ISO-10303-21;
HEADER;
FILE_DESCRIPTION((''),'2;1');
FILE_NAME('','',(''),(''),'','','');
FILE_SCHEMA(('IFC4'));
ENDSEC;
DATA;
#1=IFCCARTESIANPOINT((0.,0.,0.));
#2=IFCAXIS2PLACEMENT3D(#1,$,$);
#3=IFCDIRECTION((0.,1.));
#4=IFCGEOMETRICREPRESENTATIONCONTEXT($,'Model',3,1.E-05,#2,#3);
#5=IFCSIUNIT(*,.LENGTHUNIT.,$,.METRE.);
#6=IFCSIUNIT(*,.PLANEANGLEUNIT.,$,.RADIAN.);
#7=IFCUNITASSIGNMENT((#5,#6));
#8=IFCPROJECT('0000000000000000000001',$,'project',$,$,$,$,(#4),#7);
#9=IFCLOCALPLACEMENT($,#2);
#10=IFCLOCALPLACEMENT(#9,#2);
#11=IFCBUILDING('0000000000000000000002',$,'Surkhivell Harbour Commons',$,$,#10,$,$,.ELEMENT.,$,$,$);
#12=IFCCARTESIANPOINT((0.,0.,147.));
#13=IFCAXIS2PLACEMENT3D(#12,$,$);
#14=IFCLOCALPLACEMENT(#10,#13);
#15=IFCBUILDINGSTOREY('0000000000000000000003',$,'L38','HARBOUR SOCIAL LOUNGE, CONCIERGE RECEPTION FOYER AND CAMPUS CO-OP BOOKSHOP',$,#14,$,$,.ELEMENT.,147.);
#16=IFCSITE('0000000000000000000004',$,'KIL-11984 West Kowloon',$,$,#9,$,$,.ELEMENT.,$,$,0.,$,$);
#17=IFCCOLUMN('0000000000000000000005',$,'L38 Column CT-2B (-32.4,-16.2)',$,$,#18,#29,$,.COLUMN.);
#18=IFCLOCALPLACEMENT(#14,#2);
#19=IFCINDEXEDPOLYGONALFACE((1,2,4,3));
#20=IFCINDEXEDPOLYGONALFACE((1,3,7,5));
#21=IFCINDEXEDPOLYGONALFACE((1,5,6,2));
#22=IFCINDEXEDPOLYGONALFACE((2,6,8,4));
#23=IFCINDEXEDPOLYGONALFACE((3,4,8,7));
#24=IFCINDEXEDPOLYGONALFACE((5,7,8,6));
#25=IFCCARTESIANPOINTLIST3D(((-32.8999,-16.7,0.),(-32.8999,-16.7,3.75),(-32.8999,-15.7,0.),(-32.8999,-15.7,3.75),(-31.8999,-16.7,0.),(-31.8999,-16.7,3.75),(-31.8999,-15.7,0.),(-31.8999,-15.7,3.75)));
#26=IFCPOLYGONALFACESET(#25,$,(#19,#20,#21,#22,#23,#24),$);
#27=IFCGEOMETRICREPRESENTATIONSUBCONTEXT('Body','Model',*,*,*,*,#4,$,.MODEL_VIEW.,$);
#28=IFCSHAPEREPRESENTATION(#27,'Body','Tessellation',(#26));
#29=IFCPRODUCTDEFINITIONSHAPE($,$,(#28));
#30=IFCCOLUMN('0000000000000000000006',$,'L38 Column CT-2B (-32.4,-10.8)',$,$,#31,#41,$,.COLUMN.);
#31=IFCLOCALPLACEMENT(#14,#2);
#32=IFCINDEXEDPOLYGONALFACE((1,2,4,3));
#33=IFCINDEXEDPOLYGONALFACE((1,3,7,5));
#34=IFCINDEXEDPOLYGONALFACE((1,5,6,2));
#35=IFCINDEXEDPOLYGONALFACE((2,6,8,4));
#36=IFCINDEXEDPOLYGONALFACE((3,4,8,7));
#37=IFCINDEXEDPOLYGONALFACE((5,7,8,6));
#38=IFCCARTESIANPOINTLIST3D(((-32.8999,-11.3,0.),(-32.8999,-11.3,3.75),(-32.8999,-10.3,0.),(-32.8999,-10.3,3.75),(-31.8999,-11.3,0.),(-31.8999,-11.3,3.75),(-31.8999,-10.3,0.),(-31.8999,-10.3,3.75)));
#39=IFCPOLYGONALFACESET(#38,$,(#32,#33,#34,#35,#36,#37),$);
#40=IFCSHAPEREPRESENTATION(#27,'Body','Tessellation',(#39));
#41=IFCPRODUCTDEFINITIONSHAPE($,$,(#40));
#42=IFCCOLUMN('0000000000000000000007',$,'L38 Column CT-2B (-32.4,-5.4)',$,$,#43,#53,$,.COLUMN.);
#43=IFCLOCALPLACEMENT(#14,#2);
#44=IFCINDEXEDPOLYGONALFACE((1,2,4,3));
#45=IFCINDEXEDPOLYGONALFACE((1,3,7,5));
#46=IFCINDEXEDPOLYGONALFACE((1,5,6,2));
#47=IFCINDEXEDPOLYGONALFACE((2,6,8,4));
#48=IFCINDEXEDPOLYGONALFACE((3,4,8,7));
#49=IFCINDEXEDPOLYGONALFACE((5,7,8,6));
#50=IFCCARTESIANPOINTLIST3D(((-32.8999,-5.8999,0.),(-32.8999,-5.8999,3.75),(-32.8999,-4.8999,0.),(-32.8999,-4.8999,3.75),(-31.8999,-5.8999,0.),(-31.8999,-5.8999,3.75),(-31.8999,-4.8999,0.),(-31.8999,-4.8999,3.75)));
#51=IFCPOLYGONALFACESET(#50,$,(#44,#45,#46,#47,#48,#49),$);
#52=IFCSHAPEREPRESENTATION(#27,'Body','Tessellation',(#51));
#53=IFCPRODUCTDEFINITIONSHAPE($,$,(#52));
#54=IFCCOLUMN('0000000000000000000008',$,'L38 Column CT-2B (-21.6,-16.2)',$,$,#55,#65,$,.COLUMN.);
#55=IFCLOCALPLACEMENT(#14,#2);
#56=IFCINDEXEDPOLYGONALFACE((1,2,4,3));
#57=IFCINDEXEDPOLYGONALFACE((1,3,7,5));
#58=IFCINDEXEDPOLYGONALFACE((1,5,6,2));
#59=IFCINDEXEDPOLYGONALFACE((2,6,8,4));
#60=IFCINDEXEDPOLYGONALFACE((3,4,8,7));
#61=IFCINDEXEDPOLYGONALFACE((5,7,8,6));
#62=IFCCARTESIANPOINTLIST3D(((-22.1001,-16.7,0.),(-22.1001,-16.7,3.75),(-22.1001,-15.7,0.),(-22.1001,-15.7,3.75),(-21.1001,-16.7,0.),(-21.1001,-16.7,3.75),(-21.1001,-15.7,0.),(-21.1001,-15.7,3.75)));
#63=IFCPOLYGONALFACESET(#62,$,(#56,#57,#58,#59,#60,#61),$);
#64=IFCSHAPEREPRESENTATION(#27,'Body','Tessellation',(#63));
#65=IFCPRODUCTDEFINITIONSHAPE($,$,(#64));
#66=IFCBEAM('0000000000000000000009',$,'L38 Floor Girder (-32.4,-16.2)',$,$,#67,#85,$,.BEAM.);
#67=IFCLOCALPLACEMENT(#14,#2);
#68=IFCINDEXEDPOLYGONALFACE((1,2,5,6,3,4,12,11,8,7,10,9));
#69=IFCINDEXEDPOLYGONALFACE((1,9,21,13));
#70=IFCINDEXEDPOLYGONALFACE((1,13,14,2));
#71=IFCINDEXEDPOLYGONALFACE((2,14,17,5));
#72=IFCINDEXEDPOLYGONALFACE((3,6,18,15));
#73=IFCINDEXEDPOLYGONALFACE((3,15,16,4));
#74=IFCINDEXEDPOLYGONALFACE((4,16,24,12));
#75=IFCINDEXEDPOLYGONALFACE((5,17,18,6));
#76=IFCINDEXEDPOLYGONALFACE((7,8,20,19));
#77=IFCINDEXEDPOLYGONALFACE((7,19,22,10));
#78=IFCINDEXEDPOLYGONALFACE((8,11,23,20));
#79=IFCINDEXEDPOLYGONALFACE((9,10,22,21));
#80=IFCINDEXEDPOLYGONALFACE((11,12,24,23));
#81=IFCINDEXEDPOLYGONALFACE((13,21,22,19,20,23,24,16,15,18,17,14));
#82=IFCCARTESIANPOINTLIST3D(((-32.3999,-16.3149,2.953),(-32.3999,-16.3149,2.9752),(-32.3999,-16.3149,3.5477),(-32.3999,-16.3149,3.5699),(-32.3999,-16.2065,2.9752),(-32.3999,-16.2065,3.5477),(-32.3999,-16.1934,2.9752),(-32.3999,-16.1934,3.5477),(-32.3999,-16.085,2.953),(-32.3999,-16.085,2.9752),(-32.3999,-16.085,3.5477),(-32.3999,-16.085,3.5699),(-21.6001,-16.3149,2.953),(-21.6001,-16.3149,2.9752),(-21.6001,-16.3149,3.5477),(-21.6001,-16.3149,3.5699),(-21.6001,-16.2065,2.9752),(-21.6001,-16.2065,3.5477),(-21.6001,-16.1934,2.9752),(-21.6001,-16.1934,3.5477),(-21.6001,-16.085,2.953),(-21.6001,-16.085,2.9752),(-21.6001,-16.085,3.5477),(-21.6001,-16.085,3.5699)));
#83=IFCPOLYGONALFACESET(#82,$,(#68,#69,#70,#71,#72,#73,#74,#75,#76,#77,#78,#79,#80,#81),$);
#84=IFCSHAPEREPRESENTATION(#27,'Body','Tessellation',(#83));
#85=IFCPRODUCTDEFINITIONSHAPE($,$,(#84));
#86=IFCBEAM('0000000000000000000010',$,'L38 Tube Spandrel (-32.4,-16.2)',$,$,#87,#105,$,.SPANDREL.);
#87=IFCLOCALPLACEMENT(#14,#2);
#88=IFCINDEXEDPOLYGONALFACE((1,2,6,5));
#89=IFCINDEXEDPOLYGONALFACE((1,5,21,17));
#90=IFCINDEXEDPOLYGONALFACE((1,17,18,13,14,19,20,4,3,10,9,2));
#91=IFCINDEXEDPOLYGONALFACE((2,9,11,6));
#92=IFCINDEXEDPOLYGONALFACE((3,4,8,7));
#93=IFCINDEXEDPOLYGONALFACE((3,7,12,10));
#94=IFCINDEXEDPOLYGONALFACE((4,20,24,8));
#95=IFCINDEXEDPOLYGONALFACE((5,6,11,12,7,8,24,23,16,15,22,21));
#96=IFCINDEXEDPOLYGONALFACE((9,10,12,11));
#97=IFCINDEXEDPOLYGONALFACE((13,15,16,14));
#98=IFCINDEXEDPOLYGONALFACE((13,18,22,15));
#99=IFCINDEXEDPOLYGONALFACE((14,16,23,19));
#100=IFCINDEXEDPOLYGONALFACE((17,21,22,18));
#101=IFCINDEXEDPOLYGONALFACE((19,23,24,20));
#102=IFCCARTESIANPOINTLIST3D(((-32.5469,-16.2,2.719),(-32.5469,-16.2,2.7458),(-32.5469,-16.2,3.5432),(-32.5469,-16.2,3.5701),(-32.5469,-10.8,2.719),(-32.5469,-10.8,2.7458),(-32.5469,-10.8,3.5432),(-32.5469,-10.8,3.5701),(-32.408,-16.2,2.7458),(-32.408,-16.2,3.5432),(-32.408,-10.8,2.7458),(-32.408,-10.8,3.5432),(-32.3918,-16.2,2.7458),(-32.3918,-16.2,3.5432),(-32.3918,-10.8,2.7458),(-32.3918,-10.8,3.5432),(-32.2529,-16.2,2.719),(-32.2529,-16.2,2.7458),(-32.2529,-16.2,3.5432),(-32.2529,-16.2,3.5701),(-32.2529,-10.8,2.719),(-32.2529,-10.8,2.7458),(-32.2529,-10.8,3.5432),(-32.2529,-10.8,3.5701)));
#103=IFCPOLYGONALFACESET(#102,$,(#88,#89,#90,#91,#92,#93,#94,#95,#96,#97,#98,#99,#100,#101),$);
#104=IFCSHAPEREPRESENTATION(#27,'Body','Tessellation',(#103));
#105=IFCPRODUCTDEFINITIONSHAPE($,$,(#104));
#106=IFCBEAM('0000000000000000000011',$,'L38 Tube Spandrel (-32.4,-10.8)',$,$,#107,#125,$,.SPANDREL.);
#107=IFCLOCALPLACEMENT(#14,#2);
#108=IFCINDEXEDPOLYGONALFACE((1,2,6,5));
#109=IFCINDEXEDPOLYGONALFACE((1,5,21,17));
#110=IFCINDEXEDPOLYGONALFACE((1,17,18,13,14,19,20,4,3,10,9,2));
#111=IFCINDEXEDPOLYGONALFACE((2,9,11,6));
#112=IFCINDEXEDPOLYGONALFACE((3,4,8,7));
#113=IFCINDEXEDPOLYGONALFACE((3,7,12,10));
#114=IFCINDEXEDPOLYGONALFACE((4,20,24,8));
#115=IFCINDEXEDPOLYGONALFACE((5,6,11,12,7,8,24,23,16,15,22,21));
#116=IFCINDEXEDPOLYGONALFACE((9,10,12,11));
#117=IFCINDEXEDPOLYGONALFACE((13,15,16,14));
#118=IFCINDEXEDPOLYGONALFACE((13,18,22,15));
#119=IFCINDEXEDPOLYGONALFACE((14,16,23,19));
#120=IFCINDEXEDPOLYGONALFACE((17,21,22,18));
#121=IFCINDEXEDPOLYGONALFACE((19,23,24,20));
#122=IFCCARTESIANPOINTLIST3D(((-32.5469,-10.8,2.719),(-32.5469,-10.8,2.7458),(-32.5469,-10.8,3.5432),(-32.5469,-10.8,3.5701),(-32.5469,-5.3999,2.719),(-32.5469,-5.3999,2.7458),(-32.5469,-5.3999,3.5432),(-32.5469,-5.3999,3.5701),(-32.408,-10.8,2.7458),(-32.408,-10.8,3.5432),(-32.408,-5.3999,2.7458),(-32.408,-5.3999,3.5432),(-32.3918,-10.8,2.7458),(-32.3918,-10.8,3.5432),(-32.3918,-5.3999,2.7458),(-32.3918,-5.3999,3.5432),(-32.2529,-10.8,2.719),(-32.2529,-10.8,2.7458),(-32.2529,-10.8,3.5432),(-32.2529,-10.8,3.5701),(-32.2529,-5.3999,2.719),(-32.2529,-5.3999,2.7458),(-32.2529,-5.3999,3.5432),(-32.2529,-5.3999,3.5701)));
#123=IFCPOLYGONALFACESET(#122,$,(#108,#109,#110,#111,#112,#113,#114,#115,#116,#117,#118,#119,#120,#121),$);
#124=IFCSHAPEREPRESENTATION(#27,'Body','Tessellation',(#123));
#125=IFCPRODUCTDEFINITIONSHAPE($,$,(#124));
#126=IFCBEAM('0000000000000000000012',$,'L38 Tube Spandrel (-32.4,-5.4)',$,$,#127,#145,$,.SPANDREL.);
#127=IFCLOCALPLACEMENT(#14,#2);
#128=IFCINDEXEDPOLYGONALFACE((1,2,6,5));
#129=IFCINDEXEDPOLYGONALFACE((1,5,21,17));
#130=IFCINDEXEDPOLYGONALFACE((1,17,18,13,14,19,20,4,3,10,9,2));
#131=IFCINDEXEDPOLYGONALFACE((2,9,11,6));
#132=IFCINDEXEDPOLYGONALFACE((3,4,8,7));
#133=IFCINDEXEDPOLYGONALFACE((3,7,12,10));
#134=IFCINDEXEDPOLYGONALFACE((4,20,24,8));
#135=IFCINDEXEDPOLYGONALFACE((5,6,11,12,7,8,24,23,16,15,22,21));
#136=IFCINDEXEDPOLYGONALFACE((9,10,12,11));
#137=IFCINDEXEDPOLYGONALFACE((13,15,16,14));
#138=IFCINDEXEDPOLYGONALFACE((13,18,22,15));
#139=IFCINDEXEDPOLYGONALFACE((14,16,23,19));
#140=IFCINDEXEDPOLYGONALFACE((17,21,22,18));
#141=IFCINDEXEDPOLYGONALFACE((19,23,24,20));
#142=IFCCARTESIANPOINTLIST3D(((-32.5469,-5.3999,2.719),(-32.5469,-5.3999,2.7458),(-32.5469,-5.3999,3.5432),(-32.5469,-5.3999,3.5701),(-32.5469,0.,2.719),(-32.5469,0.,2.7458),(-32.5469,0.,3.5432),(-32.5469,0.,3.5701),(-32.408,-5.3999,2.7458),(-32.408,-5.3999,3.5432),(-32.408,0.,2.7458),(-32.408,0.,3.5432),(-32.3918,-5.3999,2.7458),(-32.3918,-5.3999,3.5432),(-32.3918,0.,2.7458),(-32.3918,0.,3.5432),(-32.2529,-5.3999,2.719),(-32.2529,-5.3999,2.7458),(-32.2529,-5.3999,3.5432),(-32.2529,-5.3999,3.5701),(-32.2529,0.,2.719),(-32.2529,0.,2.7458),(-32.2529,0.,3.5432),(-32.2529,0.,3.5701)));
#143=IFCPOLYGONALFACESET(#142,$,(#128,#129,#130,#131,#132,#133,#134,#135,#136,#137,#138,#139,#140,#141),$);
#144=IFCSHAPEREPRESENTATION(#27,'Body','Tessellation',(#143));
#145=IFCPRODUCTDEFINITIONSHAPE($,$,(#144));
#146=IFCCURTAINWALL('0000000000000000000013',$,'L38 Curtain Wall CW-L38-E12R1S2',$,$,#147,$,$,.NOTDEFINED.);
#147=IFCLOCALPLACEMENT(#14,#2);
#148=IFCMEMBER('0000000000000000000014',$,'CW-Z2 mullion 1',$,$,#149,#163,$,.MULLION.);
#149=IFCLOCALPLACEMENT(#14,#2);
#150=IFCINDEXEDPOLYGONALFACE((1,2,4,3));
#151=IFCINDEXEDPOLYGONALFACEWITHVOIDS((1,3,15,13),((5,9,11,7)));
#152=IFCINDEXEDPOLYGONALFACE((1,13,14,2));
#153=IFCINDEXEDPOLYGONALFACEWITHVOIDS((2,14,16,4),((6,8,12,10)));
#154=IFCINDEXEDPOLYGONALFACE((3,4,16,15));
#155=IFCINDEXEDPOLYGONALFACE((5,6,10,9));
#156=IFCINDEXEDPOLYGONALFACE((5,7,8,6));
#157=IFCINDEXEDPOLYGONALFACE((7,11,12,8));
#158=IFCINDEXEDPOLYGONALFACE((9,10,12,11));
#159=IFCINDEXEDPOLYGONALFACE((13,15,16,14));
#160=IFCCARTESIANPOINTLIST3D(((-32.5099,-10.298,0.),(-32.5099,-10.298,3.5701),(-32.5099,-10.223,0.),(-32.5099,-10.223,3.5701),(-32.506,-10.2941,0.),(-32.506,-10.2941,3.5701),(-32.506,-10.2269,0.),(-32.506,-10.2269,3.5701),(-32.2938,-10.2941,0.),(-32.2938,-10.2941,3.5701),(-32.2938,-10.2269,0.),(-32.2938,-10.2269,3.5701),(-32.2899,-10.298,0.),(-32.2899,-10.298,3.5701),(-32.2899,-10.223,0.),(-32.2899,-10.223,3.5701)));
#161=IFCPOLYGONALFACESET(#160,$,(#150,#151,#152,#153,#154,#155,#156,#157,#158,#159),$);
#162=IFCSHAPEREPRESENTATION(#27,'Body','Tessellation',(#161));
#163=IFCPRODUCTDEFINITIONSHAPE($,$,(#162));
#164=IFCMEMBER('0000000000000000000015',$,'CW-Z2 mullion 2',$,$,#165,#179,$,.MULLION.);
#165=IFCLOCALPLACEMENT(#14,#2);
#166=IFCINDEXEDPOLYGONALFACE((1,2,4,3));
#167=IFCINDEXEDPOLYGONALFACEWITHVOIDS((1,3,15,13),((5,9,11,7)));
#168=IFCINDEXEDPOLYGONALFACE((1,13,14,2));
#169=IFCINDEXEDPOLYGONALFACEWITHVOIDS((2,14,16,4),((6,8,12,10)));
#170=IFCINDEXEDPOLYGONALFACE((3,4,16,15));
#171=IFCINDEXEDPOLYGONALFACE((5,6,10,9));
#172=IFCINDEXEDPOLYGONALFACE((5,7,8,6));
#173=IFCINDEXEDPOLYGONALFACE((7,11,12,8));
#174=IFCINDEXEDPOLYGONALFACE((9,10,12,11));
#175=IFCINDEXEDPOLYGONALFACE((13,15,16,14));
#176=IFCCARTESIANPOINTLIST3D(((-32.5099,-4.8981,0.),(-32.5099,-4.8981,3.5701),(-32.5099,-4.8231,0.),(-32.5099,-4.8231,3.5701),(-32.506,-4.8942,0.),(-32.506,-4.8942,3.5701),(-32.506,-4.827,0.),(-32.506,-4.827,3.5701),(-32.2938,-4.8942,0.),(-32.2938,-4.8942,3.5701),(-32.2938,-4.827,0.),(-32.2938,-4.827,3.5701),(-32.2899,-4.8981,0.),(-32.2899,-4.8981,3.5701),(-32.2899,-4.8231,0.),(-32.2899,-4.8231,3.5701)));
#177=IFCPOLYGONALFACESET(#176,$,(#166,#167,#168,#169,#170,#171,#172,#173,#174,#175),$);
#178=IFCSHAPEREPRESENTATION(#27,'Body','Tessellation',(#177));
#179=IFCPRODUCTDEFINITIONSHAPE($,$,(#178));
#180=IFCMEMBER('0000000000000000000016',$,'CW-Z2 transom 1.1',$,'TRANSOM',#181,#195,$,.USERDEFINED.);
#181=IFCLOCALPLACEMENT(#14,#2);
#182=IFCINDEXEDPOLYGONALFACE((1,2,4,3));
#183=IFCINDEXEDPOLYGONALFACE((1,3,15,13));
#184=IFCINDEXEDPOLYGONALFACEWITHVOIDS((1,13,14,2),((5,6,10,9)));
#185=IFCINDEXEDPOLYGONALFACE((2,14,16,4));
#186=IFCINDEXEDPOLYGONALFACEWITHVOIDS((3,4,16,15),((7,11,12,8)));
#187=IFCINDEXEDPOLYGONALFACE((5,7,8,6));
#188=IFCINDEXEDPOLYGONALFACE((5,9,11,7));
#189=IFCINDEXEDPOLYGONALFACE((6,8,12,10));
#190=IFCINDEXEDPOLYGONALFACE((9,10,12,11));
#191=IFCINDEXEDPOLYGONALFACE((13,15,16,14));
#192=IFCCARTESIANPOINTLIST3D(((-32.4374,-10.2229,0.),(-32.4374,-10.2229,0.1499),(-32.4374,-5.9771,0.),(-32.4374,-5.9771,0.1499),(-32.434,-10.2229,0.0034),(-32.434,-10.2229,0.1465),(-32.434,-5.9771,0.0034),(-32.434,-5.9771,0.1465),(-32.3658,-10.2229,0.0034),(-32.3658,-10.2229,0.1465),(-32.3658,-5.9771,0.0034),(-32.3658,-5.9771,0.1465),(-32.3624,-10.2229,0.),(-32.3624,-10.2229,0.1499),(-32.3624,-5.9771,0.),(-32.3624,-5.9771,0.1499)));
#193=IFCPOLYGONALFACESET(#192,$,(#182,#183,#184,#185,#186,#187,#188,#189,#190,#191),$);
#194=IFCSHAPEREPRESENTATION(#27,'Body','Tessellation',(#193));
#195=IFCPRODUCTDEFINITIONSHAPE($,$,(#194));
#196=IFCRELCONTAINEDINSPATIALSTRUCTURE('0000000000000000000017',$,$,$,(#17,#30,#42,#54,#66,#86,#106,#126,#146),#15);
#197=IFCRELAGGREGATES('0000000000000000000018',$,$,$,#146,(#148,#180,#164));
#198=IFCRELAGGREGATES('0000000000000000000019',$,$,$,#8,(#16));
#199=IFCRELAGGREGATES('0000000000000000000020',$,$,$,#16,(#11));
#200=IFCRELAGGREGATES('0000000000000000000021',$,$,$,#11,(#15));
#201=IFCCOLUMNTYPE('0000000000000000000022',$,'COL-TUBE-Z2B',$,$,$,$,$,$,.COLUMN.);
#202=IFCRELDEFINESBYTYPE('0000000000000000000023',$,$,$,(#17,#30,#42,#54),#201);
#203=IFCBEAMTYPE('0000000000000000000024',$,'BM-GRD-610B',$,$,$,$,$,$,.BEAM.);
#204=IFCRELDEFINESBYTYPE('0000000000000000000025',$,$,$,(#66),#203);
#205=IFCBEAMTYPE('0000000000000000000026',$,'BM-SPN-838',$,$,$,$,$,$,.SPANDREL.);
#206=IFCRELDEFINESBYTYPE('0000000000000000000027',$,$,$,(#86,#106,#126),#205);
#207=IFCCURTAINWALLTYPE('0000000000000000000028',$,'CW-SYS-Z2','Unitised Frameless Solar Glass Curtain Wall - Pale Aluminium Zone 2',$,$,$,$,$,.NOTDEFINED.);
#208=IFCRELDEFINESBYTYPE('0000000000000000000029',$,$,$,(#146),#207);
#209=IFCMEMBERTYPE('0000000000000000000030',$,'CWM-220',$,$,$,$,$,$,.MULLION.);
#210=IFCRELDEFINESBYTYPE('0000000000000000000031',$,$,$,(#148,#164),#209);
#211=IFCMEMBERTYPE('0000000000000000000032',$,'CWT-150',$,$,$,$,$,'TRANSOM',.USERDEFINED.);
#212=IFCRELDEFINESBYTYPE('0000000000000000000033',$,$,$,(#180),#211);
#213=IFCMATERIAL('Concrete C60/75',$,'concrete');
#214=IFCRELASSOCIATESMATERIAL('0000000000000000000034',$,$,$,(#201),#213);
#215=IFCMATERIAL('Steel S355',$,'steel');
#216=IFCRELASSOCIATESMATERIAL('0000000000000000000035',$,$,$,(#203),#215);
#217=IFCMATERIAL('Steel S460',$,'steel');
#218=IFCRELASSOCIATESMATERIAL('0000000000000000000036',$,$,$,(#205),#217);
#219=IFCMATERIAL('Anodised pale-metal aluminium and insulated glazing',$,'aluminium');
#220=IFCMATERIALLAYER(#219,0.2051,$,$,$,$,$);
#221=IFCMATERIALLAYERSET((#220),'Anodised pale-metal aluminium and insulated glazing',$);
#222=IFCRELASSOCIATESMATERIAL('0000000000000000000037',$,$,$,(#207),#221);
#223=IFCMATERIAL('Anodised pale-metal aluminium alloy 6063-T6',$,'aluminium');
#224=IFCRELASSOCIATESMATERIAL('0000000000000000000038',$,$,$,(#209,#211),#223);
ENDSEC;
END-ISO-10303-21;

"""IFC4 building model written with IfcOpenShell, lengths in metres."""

from ifc_helpers import new_model, si_unit, direction, frame, origin, origin_2d, place, context, subcontext, project, spatial, rectangle, hollow_rectangle, i_section, extrude, material, layer, layer_set, material_profile, profile_set, type_object, element, aggregate, save


model = new_model("IFC4")

# Units and contexts
model_context = context("Model", 3, precision=1e-05, world=origin(), true_north=direction((0.0, 1.0)))
body_context = subcontext(model_context, "Body", "Model", "MODEL_VIEW")
ifc_project = project(units=[si_unit("LENGTHUNIT", "METRE"), si_unit("PLANEANGLEUNIT", "RADIAN")], contexts=[model_context])

# Site, building, storey
site_placement = place(None, origin())
site = spatial("IfcSite", under=ifc_project, at=site_placement, Name="KIL-11984 West Kowloon", CompositionType="ELEMENT", RefElevation=0.0)
building_placement = place(site_placement, origin())
building = spatial("IfcBuilding", under=site, at=building_placement, Name="Surkhivell Harbour Commons", CompositionType="ELEMENT")
storey_placement = place(building_placement, frame((0.0, 0.0, 147.0)))
storey = spatial("IfcBuildingStorey", under=building, at=storey_placement, Name="L38", Description="HARBOUR SOCIAL LOUNGE, CONCIERGE RECEPTION FOYER AND CAMPUS CO-OP BOOKSHOP", CompositionType="ELEMENT", Elevation=147.0)

# Columns
ifc_material_1 = material(Name="Concrete C60/75", Category="concrete")
ifc_material_profile_1 = material_profile(ifc_material_1, rectangle(XDim=1.0, YDim=1.0, at=origin_2d()), Name="RC-COL-1000x1000")
ifc_profile_set_1 = profile_set([ifc_material_profile_1], Name="Concrete C60/75")
column_type = type_object("IfcColumnType", Name="COL-TUBE-Z2B", PredefinedType="COLUMN", material=ifc_profile_set_1)
for number, where, z_axis, x_axis, name in (
    (1, (-32.3999, -16.2, 0.0), (0.0, 0.0, 1.0), (1.0, 0.0, 0.0), "L38 Column CT-2B (-32.4,-16.2)"),
    (2, (-32.3999, -10.8, 0.0), (0.0, 0.0, 1.0), (1.0, 0.0, 0.0), "L38 Column CT-2B (-32.4,-10.8)"),
    (3, (-32.3999, -5.3999, 0.0), (0.0, 0.0, 1.0), (1.0, 0.0, 0.0), "L38 Column CT-2B (-32.4,-5.4)"),
    (4, (-21.6001, -16.2, 0.0), (0.0, 0.0, 1.0), (1.0, 0.0, 0.0), "L38 Column CT-2B (-21.6,-16.2)"),
):
    element("IfcColumn", number, at=place(storey_placement, frame(where, z_axis=z_axis, x_axis=x_axis)), inside=storey, type_object=column_type, Name=name, PredefinedType="COLUMN", context=body_context, shape_type="SweptSolid", body=[
        extrude(rectangle(XDim=1.0, YDim=1.0, at=origin_2d()), origin(), (0.0, 0.0, 1.0), 3.75),
    ])

# Beams
ifc_material_2 = material(Name="Steel S355", Category="steel")
ifc_material_profile_2 = material_profile(ifc_material_2, i_section(OverallWidth=0.23, OverallDepth=0.6169, WebThickness=0.0132, FlangeThickness=0.0222, at=origin_2d()), Name="UB610x229x140")
ifc_profile_set_2 = profile_set([ifc_material_profile_2], Name="Steel S355")
beam_type_1 = type_object("IfcBeamType", Name="BM-GRD-610B", PredefinedType="BEAM", material=ifc_profile_set_2)
beam_1_placement = place(storey_placement, frame((-32.3999, -16.2, 3.2615), z_axis=(1.0, 0.0, 0.0), x_axis=(0.0, 1.0, 0.0)))
element("IfcBeam", 5, at=beam_1_placement, inside=storey, type_object=beam_type_1, Name="L38 Floor Girder (-32.4,-16.2)", PredefinedType="BEAM", context=body_context, shape_type="SweptSolid", body=[
    extrude(i_section(OverallWidth=0.23, OverallDepth=0.6169, WebThickness=0.0132, FlangeThickness=0.0222, at=origin_2d()), origin(), (0.0, 0.0, 1.0), 10.7998),
])
ifc_material_3 = material(Name="Steel S460", Category="steel")
ifc_material_profile_3 = material_profile(ifc_material_3, i_section(OverallWidth=0.2939, OverallDepth=0.8511, WebThickness=0.0161, FlangeThickness=0.0269, at=origin_2d()), Name="UB838x292x226")
ifc_profile_set_3 = profile_set([ifc_material_profile_3], Name="Steel S460")
beam_type_2 = type_object("IfcBeamType", Name="BM-SPN-838", PredefinedType="SPANDREL", material=ifc_profile_set_3)
beam_2_placement = place(storey_placement, frame((-32.3999, -16.2, 3.1445), z_axis=(0.0, 1.0, 0.0), x_axis=(-1.0, 0.0, 0.0)))
element("IfcBeam", 6, at=beam_2_placement, inside=storey, type_object=beam_type_2, Name="L38 Tube Spandrel (-32.4,-16.2)", PredefinedType="SPANDREL", context=body_context, shape_type="SweptSolid", body=[
    extrude(i_section(OverallWidth=0.2939, OverallDepth=0.8511, WebThickness=0.0161, FlangeThickness=0.0269, at=origin_2d()), origin(), (0.0, 0.0, 1.0), 5.3999),
])
beam_3_placement = place(storey_placement, frame((-32.3999, -10.8, 3.1445), z_axis=(0.0, 1.0, 0.0), x_axis=(-1.0, 0.0, 0.0)))
element("IfcBeam", 7, at=beam_3_placement, inside=storey, type_object=beam_type_2, Name="L38 Tube Spandrel (-32.4,-10.8)", PredefinedType="SPANDREL", context=body_context, shape_type="SweptSolid", body=[
    extrude(i_section(OverallWidth=0.2939, OverallDepth=0.8511, WebThickness=0.0161, FlangeThickness=0.0269, at=origin_2d()), origin(), (0.0, 0.0, 1.0), 5.4001),
])
beam_4_placement = place(storey_placement, frame((-32.3999, -5.3999, 3.1445), z_axis=(0.0, 1.0, 0.0), x_axis=(-1.0, 0.0, 0.0)))
element("IfcBeam", 8, at=beam_4_placement, inside=storey, type_object=beam_type_2, Name="L38 Tube Spandrel (-32.4,-5.4)", PredefinedType="SPANDREL", context=body_context, shape_type="SweptSolid", body=[
    extrude(i_section(OverallWidth=0.2939, OverallDepth=0.8511, WebThickness=0.0161, FlangeThickness=0.0269, at=origin_2d()), origin(), (0.0, 0.0, 1.0), 5.3999),
])

# Curtain wall, members
ifc_material_4 = material(Name="Anodised pale-metal aluminium and insulated glazing", Category="aluminium")
ifc_layer_1 = layer(ifc_material_4, 0.2051)
ifc_layer_set_1 = layer_set([ifc_layer_1], Name="Anodised pale-metal aluminium and insulated glazing")
curtain_wall_type = type_object("IfcCurtainWallType", Name="CW-SYS-Z2", Description="Unitised Frameless Solar Glass Curtain Wall - Pale Aluminium Zone 2", PredefinedType="NOTDEFINED", material=ifc_layer_set_1)
curtain_wall_placement = place(storey_placement, origin())
curtain_wall = element("IfcCurtainWall", 9, at=curtain_wall_placement, inside=storey, type_object=curtain_wall_type, Name="L38 Curtain Wall CW-L38-E12R1S2", PredefinedType="NOTDEFINED")
ifc_material_5 = material(Name="Anodised pale-metal aluminium alloy 6063-T6", Category="aluminium")
ifc_material_profile_4 = material_profile(ifc_material_5, hollow_rectangle(XDim=0.075, YDim=0.22, WallThickness=0.0039, at=origin_2d()), Name="ALU-MULL-75x220")
ifc_profile_set_4 = profile_set([ifc_material_profile_4], Name="Anodised pale-metal aluminium alloy 6063-T6")
member_type_1 = type_object("IfcMemberType", Name="CWM-220", PredefinedType="MULLION", material=ifc_profile_set_4)
member_1_placement = place(storey_placement, frame((-32.3999, -10.2605, 0.0), z_axis=(0.0, 0.0, 1.0), x_axis=(0.0, 1.0, 0.0)))
member_1 = element("IfcMember", 10, at=member_1_placement, type_object=member_type_1, Name="CW-Z2 mullion 1", PredefinedType="MULLION", context=body_context, shape_type="SweptSolid", body=[
    extrude(hollow_rectangle(XDim=0.075, YDim=0.22, WallThickness=0.0039, at=origin_2d()), origin(), (0.0, 0.0, 1.0), 3.5701),
])
member_2_placement = place(storey_placement, frame((-32.3999, -4.8606, 0.0), z_axis=(0.0, 0.0, 1.0), x_axis=(0.0, 1.0, 0.0)))
member_2 = element("IfcMember", 11, at=member_2_placement, type_object=member_type_1, Name="CW-Z2 mullion 2", PredefinedType="MULLION", context=body_context, shape_type="SweptSolid", body=[
    extrude(hollow_rectangle(XDim=0.075, YDim=0.22, WallThickness=0.0039, at=origin_2d()), origin(), (0.0, 0.0, 1.0), 3.5701),
])
ifc_material_profile_5 = material_profile(ifc_material_5, hollow_rectangle(XDim=0.075, YDim=0.1499, WallThickness=0.0034, at=origin_2d()), Name="ALU-TRAN-75x150")
ifc_profile_set_5 = profile_set([ifc_material_profile_5], Name="Anodised pale-metal aluminium alloy 6063-T6")
member_type_2 = type_object("IfcMemberType", Name="CWT-150", ElementType="TRANSOM", PredefinedType="USERDEFINED", material=ifc_profile_set_5)
member_3_placement = place(storey_placement, frame((-32.3999, -10.2229, 0.075), z_axis=(0.0, 1.0, 0.0), x_axis=(-1.0, 0.0, 0.0)))
member_3 = element("IfcMember", 12, at=member_3_placement, type_object=member_type_2, Name="CW-Z2 transom 1.1", ObjectType="TRANSOM", PredefinedType="USERDEFINED", context=body_context, shape_type="SweptSolid", body=[
    extrude(hollow_rectangle(XDim=0.075, YDim=0.1499, WallThickness=0.0034, at=origin_2d()), origin(), (0.0, 0.0, 1.0), 4.2458),
])

aggregate(curtain_wall, [member_1, member_3, member_2])

save(model, "model.ifc")
